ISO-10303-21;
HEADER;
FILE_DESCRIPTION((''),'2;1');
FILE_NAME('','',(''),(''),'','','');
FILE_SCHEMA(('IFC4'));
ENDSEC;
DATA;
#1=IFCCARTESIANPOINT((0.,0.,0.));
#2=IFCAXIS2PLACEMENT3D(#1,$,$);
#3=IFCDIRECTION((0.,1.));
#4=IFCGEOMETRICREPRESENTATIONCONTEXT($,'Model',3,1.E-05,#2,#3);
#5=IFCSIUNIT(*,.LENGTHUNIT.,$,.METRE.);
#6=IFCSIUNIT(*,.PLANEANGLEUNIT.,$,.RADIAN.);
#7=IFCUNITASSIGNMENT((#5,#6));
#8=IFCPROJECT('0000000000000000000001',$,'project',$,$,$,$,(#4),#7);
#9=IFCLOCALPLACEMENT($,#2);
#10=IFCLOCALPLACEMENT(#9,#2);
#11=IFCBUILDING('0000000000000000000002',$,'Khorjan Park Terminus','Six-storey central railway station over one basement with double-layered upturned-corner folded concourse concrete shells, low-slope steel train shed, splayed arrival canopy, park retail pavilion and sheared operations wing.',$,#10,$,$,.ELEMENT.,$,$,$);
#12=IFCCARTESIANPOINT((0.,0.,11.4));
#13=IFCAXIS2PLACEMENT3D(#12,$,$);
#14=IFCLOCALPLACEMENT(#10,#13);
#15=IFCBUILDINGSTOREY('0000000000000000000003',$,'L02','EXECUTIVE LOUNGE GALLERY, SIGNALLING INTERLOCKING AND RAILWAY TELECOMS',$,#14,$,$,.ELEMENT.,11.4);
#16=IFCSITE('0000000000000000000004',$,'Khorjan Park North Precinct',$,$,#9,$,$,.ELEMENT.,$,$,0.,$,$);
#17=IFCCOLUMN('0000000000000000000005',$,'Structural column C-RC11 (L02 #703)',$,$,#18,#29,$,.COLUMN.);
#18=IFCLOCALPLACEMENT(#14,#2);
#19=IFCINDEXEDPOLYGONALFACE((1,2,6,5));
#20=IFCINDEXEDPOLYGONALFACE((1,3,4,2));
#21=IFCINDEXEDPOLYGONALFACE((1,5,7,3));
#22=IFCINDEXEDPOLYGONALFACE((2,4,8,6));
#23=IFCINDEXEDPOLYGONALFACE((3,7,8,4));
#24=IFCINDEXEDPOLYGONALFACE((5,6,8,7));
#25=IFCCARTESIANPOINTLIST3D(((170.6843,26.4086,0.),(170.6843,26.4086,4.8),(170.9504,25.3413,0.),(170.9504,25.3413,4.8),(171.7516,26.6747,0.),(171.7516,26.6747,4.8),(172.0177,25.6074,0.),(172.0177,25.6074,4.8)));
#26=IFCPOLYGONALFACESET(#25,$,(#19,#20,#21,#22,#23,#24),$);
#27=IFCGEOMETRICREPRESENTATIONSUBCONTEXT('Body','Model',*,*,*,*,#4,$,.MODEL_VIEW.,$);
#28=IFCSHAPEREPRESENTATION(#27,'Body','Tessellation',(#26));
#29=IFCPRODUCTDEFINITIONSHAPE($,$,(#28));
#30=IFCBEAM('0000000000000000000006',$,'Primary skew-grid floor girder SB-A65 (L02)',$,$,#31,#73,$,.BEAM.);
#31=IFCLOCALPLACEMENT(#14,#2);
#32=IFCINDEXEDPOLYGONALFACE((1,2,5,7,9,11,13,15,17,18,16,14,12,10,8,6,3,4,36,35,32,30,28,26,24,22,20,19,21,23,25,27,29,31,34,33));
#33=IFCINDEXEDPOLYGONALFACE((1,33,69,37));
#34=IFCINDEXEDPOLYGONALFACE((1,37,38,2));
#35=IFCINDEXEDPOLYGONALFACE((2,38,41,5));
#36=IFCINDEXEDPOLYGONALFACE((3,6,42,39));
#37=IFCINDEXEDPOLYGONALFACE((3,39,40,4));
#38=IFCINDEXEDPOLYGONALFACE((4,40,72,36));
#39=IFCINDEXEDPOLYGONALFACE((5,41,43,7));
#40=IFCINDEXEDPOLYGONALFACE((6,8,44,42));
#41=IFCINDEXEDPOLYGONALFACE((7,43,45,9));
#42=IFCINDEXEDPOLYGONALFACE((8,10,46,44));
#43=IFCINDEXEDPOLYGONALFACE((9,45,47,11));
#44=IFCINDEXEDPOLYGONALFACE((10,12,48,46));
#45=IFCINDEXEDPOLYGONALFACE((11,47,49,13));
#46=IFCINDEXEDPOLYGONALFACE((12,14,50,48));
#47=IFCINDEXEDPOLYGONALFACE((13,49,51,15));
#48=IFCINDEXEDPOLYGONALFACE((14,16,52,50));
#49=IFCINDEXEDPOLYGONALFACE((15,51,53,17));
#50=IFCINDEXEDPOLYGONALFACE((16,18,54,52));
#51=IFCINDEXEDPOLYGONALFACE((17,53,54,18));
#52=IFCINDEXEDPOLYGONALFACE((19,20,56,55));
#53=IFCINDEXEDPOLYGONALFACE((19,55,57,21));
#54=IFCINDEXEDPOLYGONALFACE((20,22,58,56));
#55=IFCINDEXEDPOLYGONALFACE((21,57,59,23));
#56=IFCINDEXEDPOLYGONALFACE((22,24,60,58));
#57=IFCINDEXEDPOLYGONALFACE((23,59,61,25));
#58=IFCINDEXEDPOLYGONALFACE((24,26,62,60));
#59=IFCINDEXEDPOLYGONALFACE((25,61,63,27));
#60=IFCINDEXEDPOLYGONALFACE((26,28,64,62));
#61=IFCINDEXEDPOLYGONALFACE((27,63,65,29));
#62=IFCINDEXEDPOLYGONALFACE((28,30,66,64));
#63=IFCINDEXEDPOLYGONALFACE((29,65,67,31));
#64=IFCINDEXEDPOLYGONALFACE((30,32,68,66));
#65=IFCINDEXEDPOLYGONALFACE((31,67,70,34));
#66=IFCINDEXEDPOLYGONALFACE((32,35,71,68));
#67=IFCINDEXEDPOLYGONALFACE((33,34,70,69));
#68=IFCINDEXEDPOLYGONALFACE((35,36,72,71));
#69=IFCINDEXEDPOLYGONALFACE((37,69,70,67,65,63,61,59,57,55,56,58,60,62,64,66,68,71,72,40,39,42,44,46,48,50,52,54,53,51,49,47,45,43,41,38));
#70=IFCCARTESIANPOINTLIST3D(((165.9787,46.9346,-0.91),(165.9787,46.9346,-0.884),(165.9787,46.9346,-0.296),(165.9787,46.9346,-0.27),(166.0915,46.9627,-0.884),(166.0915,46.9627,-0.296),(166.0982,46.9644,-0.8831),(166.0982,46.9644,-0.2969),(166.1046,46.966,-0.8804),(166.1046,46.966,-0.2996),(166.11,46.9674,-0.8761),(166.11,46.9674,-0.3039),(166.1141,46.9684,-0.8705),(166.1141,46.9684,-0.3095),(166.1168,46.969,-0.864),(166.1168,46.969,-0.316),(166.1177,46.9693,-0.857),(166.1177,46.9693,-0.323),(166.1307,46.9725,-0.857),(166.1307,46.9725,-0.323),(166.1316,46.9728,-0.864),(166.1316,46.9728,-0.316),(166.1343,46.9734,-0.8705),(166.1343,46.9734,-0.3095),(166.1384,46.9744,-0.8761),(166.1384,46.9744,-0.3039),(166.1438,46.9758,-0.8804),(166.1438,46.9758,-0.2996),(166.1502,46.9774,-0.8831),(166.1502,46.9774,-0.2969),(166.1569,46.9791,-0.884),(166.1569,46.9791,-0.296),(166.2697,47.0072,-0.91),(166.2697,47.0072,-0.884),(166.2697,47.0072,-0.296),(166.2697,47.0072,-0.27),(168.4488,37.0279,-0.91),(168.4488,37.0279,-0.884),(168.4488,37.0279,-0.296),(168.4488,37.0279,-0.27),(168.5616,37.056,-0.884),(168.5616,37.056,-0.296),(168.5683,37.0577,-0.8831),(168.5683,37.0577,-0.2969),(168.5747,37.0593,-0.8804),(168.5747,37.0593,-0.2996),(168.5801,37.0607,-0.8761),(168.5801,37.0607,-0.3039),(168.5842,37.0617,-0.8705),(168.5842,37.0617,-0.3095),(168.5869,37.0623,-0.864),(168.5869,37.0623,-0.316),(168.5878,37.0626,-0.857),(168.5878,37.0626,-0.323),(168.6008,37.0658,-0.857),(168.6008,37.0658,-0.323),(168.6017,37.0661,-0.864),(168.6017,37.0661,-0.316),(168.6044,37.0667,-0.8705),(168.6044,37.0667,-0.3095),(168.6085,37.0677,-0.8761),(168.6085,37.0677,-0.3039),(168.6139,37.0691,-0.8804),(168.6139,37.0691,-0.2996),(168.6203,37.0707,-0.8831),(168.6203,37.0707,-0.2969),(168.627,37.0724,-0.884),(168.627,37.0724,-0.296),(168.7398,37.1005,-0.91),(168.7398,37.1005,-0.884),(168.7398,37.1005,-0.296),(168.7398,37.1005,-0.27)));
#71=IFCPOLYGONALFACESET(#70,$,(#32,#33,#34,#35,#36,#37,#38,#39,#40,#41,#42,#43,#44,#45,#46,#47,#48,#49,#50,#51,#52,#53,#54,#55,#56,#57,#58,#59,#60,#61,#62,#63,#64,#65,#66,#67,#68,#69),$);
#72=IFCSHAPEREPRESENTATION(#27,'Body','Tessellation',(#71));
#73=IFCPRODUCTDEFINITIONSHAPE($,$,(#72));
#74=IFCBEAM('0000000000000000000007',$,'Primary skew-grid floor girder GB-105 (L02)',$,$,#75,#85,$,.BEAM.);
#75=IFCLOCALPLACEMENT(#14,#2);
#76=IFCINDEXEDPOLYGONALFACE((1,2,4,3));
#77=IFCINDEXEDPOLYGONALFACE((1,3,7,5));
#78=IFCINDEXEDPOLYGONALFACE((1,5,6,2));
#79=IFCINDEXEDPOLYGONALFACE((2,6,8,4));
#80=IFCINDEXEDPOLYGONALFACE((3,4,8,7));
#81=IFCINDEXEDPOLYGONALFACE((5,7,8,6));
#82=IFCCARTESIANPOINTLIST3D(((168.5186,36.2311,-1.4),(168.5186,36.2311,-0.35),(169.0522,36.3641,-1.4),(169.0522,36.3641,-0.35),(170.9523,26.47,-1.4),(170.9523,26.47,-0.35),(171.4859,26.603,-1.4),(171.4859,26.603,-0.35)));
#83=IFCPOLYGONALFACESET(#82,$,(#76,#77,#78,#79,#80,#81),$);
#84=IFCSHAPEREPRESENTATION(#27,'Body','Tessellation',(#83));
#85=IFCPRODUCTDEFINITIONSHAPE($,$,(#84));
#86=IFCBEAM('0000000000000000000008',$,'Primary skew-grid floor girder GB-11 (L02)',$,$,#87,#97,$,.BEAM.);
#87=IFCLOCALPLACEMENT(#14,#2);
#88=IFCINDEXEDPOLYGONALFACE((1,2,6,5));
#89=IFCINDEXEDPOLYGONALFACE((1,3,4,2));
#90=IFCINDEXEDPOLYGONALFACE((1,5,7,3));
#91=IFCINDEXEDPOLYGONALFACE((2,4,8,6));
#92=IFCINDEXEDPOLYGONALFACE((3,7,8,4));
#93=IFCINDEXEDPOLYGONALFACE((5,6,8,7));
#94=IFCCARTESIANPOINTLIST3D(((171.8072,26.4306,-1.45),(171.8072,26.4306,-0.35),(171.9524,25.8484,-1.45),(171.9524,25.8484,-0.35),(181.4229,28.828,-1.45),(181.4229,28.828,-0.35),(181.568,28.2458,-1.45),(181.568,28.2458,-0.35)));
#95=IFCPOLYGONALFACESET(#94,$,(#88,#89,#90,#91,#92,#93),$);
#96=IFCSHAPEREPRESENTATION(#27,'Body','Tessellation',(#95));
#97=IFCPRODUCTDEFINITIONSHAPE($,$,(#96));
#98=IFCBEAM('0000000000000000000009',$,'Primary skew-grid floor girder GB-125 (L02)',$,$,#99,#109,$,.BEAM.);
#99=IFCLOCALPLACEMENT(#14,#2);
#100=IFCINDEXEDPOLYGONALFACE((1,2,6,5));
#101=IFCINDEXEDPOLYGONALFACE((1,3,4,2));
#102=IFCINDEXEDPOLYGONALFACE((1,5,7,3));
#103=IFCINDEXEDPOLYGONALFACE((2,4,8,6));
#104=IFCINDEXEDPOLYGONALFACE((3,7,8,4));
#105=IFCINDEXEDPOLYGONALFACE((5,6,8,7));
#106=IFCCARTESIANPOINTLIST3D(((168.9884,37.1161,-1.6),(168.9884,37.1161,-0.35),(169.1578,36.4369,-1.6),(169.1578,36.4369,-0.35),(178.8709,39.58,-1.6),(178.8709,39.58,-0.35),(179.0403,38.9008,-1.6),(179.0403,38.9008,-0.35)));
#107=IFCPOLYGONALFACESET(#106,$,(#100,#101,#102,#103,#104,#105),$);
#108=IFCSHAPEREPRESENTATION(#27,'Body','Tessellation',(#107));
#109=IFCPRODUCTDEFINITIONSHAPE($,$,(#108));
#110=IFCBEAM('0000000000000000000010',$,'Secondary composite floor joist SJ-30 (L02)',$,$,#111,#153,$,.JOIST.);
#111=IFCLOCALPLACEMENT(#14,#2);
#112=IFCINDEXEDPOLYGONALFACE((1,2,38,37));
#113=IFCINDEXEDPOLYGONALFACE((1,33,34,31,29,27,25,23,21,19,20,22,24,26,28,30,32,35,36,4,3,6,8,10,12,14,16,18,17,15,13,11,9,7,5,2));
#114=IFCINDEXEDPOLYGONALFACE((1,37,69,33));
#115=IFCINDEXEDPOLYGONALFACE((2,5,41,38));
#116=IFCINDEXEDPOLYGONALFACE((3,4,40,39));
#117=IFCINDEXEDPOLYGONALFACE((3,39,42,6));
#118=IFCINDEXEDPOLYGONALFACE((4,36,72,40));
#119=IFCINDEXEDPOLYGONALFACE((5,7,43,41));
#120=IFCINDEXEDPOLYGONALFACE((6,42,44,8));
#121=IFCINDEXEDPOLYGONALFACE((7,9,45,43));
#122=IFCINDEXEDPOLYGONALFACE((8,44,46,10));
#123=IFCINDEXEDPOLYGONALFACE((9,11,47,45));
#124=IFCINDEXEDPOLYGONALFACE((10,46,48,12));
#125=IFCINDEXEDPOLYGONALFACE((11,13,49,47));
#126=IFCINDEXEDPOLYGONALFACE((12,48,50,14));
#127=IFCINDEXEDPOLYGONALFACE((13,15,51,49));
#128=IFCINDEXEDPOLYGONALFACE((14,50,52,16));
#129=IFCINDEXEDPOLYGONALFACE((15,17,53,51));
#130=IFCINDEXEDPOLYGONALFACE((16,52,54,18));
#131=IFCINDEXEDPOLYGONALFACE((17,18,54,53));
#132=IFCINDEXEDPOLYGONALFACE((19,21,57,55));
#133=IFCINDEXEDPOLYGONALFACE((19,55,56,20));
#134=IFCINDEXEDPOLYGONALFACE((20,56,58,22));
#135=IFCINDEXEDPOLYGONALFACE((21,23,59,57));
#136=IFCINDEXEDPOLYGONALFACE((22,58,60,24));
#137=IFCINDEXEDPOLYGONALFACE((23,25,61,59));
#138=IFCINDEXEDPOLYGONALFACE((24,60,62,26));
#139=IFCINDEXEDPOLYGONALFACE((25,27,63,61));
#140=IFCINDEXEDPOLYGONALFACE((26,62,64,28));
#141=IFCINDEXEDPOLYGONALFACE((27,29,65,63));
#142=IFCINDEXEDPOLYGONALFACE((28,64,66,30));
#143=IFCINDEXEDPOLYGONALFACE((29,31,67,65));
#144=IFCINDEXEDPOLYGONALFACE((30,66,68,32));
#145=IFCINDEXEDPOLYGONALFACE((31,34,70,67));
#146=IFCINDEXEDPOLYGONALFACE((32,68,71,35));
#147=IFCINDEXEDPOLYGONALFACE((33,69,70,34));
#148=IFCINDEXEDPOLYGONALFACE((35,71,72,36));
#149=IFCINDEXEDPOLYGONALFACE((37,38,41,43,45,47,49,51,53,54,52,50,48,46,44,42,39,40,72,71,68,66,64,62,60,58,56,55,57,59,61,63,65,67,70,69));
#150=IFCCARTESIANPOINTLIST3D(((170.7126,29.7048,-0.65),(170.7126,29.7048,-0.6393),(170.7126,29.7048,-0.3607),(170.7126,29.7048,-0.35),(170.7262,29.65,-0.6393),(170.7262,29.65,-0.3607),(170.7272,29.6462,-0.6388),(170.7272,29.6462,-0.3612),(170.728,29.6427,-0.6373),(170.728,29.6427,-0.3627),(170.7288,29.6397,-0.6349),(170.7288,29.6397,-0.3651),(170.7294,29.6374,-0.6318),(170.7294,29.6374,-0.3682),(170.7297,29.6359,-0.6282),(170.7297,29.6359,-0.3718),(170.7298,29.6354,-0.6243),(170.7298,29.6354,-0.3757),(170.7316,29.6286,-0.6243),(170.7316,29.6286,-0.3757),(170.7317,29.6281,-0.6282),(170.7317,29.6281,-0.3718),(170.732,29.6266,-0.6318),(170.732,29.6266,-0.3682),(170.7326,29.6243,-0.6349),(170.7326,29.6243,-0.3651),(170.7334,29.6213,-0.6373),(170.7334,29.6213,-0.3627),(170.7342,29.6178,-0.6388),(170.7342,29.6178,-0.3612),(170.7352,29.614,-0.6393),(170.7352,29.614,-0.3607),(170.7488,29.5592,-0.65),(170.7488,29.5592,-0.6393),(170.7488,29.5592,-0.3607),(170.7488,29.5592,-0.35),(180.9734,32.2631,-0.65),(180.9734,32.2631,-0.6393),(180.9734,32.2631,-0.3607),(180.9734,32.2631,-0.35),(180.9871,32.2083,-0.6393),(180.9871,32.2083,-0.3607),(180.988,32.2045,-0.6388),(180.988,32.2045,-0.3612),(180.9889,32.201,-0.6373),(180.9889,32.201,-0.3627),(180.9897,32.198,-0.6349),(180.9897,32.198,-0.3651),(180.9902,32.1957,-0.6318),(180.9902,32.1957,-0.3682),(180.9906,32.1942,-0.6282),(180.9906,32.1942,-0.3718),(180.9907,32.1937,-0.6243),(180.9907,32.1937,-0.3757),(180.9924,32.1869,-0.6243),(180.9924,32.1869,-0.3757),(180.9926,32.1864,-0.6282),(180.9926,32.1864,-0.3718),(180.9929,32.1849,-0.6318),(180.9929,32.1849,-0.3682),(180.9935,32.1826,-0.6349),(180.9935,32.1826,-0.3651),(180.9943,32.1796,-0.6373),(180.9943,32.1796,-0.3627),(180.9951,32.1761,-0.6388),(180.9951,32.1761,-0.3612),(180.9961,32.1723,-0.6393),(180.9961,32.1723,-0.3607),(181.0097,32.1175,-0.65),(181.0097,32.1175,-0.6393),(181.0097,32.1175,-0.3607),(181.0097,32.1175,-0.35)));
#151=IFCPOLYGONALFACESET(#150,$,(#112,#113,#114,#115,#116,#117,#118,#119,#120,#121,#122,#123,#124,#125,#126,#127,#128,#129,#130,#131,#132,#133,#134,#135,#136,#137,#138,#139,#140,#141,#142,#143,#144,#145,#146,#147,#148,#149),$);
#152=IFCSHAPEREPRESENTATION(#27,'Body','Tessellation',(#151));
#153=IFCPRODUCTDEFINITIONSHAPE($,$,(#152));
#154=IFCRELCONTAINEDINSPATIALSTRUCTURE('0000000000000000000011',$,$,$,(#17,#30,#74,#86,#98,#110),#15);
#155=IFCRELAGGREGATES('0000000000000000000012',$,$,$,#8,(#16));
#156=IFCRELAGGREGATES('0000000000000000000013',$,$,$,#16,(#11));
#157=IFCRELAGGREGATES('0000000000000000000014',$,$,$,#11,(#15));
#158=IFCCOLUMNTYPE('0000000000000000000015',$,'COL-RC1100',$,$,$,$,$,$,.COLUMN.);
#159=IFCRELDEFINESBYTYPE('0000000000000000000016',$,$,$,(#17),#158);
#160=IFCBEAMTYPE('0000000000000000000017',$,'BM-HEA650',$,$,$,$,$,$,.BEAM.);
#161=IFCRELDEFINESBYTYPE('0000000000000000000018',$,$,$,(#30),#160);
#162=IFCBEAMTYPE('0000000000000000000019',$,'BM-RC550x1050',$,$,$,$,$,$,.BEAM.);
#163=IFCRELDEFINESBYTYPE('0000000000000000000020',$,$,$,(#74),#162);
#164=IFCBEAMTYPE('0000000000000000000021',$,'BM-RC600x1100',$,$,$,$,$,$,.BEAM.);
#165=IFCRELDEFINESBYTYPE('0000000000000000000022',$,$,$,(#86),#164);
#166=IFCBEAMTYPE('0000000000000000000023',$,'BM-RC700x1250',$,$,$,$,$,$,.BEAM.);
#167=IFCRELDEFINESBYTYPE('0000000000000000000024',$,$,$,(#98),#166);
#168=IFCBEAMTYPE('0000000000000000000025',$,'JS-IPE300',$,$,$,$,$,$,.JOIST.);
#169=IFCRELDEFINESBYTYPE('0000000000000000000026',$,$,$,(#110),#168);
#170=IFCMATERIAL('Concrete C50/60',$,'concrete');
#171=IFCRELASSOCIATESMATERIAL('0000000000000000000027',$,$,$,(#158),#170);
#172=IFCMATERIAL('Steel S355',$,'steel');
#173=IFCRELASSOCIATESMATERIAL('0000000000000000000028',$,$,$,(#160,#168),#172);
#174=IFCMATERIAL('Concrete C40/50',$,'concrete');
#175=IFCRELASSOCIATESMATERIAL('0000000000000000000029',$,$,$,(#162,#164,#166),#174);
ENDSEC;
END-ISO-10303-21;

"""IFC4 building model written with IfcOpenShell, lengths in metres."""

from ifc_helpers import new_model, si_unit, direction, frame, origin, origin_2d, place, context, subcontext, project, spatial, rectangle, i_section, extrude, material, material_profile, profile_set, type_object, element, save


model = new_model("IFC4")

# Units and contexts
model_context = context("Model", 3, precision=1e-05, world=origin(), true_north=direction((0.0, 1.0)))
body_context = subcontext(model_context, "Body", "Model", "MODEL_VIEW")
ifc_project = project(units=[si_unit("LENGTHUNIT", "METRE"), si_unit("PLANEANGLEUNIT", "RADIAN")], contexts=[model_context])

# Site, building, storey
site_placement = place(None, origin())
site = spatial("IfcSite", under=ifc_project, at=site_placement, Name="Khorjan Park North Precinct", CompositionType="ELEMENT", RefElevation=0.0)
building_placement = place(site_placement, origin())
building = spatial("IfcBuilding", under=site, at=building_placement, Name="Khorjan Park Terminus", Description="Six-storey central railway station over one basement with double-layered upturned-corner folded concourse concrete shells, low-slope steel train shed, splayed arrival canopy, park retail pavilion and sheared operations wing.", CompositionType="ELEMENT")
storey_placement = place(building_placement, frame((0.0, 0.0, 11.4)))
storey = spatial("IfcBuildingStorey", under=building, at=storey_placement, Name="L02", Description="EXECUTIVE LOUNGE GALLERY, SIGNALLING INTERLOCKING AND RAILWAY TELECOMS", CompositionType="ELEMENT", Elevation=11.4)

# Column
ifc_material_1 = material(Name="Concrete C50/60", Category="concrete")
ifc_material_profile_1 = material_profile(ifc_material_1, rectangle(XDim=1.1, YDim=1.1, at=origin_2d()), Name="RC 1100x1100")
ifc_profile_set_1 = profile_set([ifc_material_profile_1], Name="Concrete C50/60")
column_type = type_object("IfcColumnType", Name="COL-RC1100", PredefinedType="COLUMN", material=ifc_profile_set_1)
column_placement = place(storey_placement, frame((171.351, 26.008, 0.0), z_axis=(0.0, 0.0, 1.0), x_axis=(0.970296, 0.241922, 0.0)))
element("IfcColumn", 1, at=column_placement, inside=storey, type_object=column_type, Name="Structural column C-RC11 (L02 #703)", PredefinedType="COLUMN", context=body_context, shape_type="SweptSolid", body=[
    extrude(rectangle(XDim=1.1, YDim=1.1, at=origin_2d()), origin(), (0.0, 0.0, 1.0), 4.8),
])

# Beams
ifc_material_2 = material(Name="Steel S355", Category="steel")
ifc_material_profile_2 = material_profile(ifc_material_2, i_section(OverallWidth=0.3, OverallDepth=0.64, WebThickness=0.0135, FlangeThickness=0.026, FilletRadius=0.027, at=origin_2d()), Name="HEA 650")
ifc_profile_set_2 = profile_set([ifc_material_profile_2], Name="Steel S355")
beam_type_1 = type_object("IfcBeamType", Name="BM-HEA650", PredefinedType="BEAM", material=ifc_profile_set_2)
beam_1_placement = place(storey_placement, frame((168.5943, 37.0642, -0.59), z_axis=(-0.241929, 0.970294, 0.0), x_axis=(-0.970294, -0.241929, 0.0)))
element("IfcBeam", 2, at=beam_1_placement, inside=storey, type_object=beam_type_1, Name="Primary skew-grid floor girder SB-A65 (L02)", PredefinedType="BEAM", context=body_context, shape_type="SweptSolid", body=[
    extrude(i_section(OverallWidth=0.3, OverallDepth=0.64, WebThickness=0.0135, FlangeThickness=0.026, FilletRadius=0.027, at=origin_2d()), origin(), (0.0, 0.0, 1.0), 10.21),
])
ifc_material_3 = material(Name="Concrete C40/50", Category="concrete")
ifc_material_profile_3 = material_profile(ifc_material_3, rectangle(XDim=0.55, YDim=1.05, at=origin_2d()), Name="RC 550x1050")
ifc_profile_set_3 = profile_set([ifc_material_profile_3], Name="Concrete C40/50")
beam_type_2 = type_object("IfcBeamType", Name="BM-RC550x1050", PredefinedType="BEAM", material=ifc_profile_set_3)
beam_2_placement = place(storey_placement, frame((171.2191, 26.5365, -0.875), z_axis=(-0.24192, 0.970296, 0.0), x_axis=(-0.970296, -0.24192, 0.0)))
element("IfcBeam", 3, at=beam_2_placement, inside=storey, type_object=beam_type_2, Name="Primary skew-grid floor girder GB-105 (L02)", PredefinedType="BEAM", context=body_context, shape_type="SweptSolid", body=[
    extrude(rectangle(XDim=0.55, YDim=1.05, at=origin_2d()), origin(), (0.0, 0.0, 1.0), 10.0599),
])
ifc_material_profile_4 = material_profile(ifc_material_3, rectangle(XDim=0.6, YDim=1.1, at=origin_2d()), Name="RC 600x1100")
ifc_profile_set_4 = profile_set([ifc_material_profile_4], Name="Concrete C40/50")
beam_type_3 = type_object("IfcBeamType", Name="BM-RC600x1100", PredefinedType="BEAM", material=ifc_profile_set_4)
beam_3_placement = place(storey_placement, frame((171.8798, 26.1395, -0.9), z_axis=(0.970297, 0.241918, 0.0), x_axis=(-0.241918, 0.970297, 0.0)))
element("IfcBeam", 4, at=beam_3_placement, inside=storey, type_object=beam_type_3, Name="Primary skew-grid floor girder GB-11 (L02)", PredefinedType="BEAM", context=body_context, shape_type="SweptSolid", body=[
    extrude(rectangle(XDim=0.6, YDim=1.1, at=origin_2d()), origin(), (0.0, 0.0, 1.0), 9.91),
])
ifc_material_profile_5 = material_profile(ifc_material_3, rectangle(XDim=0.7, YDim=1.25, at=origin_2d()), Name="RC 700x1250")
ifc_profile_set_5 = profile_set([ifc_material_profile_5], Name="Concrete C40/50")
beam_type_4 = type_object("IfcBeamType", Name="BM-RC700x1250", PredefinedType="BEAM", material=ifc_profile_set_5)
beam_4_placement = place(storey_placement, frame((169.0731, 36.7765, -0.975), z_axis=(0.970298, 0.241914, 0.0), x_axis=(-0.241914, 0.970298, 0.0)))
element("IfcBeam", 5, at=beam_4_placement, inside=storey, type_object=beam_type_4, Name="Primary skew-grid floor girder GB-125 (L02)", PredefinedType="BEAM", context=body_context, shape_type="SweptSolid", body=[
    extrude(rectangle(XDim=0.7, YDim=1.25, at=origin_2d()), origin(), (0.0, 0.0, 1.0), 10.185),
])
ifc_material_profile_6 = material_profile(ifc_material_2, i_section(OverallWidth=0.15, OverallDepth=0.3, WebThickness=0.0071, FlangeThickness=0.0107, FilletRadius=0.015, at=origin_2d()), Name="IPE 300")
ifc_profile_set_6 = profile_set([ifc_material_profile_6], Name="Steel S355")
beam_type_5 = type_object("IfcBeamType", Name="JS-IPE300", PredefinedType="JOIST", material=ifc_profile_set_6)
beam_5_placement = place(storey_placement, frame((170.7307, 29.632, -0.5), z_axis=(0.970296, 0.241919, 0.0), x_axis=(-0.241919, 0.970296, 0.0)))
element("IfcBeam", 6, at=beam_5_placement, inside=storey, type_object=beam_type_5, Name="Secondary composite floor joist SJ-30 (L02)", PredefinedType="JOIST", context=body_context, shape_type="SweptSolid", body=[
    extrude(i_section(OverallWidth=0.15, OverallDepth=0.3, WebThickness=0.0071, FlangeThickness=0.0107, FilletRadius=0.015, at=origin_2d()), origin(), (0.0, 0.0, 1.0), 10.575),
])

save(model, "model.ifc")
